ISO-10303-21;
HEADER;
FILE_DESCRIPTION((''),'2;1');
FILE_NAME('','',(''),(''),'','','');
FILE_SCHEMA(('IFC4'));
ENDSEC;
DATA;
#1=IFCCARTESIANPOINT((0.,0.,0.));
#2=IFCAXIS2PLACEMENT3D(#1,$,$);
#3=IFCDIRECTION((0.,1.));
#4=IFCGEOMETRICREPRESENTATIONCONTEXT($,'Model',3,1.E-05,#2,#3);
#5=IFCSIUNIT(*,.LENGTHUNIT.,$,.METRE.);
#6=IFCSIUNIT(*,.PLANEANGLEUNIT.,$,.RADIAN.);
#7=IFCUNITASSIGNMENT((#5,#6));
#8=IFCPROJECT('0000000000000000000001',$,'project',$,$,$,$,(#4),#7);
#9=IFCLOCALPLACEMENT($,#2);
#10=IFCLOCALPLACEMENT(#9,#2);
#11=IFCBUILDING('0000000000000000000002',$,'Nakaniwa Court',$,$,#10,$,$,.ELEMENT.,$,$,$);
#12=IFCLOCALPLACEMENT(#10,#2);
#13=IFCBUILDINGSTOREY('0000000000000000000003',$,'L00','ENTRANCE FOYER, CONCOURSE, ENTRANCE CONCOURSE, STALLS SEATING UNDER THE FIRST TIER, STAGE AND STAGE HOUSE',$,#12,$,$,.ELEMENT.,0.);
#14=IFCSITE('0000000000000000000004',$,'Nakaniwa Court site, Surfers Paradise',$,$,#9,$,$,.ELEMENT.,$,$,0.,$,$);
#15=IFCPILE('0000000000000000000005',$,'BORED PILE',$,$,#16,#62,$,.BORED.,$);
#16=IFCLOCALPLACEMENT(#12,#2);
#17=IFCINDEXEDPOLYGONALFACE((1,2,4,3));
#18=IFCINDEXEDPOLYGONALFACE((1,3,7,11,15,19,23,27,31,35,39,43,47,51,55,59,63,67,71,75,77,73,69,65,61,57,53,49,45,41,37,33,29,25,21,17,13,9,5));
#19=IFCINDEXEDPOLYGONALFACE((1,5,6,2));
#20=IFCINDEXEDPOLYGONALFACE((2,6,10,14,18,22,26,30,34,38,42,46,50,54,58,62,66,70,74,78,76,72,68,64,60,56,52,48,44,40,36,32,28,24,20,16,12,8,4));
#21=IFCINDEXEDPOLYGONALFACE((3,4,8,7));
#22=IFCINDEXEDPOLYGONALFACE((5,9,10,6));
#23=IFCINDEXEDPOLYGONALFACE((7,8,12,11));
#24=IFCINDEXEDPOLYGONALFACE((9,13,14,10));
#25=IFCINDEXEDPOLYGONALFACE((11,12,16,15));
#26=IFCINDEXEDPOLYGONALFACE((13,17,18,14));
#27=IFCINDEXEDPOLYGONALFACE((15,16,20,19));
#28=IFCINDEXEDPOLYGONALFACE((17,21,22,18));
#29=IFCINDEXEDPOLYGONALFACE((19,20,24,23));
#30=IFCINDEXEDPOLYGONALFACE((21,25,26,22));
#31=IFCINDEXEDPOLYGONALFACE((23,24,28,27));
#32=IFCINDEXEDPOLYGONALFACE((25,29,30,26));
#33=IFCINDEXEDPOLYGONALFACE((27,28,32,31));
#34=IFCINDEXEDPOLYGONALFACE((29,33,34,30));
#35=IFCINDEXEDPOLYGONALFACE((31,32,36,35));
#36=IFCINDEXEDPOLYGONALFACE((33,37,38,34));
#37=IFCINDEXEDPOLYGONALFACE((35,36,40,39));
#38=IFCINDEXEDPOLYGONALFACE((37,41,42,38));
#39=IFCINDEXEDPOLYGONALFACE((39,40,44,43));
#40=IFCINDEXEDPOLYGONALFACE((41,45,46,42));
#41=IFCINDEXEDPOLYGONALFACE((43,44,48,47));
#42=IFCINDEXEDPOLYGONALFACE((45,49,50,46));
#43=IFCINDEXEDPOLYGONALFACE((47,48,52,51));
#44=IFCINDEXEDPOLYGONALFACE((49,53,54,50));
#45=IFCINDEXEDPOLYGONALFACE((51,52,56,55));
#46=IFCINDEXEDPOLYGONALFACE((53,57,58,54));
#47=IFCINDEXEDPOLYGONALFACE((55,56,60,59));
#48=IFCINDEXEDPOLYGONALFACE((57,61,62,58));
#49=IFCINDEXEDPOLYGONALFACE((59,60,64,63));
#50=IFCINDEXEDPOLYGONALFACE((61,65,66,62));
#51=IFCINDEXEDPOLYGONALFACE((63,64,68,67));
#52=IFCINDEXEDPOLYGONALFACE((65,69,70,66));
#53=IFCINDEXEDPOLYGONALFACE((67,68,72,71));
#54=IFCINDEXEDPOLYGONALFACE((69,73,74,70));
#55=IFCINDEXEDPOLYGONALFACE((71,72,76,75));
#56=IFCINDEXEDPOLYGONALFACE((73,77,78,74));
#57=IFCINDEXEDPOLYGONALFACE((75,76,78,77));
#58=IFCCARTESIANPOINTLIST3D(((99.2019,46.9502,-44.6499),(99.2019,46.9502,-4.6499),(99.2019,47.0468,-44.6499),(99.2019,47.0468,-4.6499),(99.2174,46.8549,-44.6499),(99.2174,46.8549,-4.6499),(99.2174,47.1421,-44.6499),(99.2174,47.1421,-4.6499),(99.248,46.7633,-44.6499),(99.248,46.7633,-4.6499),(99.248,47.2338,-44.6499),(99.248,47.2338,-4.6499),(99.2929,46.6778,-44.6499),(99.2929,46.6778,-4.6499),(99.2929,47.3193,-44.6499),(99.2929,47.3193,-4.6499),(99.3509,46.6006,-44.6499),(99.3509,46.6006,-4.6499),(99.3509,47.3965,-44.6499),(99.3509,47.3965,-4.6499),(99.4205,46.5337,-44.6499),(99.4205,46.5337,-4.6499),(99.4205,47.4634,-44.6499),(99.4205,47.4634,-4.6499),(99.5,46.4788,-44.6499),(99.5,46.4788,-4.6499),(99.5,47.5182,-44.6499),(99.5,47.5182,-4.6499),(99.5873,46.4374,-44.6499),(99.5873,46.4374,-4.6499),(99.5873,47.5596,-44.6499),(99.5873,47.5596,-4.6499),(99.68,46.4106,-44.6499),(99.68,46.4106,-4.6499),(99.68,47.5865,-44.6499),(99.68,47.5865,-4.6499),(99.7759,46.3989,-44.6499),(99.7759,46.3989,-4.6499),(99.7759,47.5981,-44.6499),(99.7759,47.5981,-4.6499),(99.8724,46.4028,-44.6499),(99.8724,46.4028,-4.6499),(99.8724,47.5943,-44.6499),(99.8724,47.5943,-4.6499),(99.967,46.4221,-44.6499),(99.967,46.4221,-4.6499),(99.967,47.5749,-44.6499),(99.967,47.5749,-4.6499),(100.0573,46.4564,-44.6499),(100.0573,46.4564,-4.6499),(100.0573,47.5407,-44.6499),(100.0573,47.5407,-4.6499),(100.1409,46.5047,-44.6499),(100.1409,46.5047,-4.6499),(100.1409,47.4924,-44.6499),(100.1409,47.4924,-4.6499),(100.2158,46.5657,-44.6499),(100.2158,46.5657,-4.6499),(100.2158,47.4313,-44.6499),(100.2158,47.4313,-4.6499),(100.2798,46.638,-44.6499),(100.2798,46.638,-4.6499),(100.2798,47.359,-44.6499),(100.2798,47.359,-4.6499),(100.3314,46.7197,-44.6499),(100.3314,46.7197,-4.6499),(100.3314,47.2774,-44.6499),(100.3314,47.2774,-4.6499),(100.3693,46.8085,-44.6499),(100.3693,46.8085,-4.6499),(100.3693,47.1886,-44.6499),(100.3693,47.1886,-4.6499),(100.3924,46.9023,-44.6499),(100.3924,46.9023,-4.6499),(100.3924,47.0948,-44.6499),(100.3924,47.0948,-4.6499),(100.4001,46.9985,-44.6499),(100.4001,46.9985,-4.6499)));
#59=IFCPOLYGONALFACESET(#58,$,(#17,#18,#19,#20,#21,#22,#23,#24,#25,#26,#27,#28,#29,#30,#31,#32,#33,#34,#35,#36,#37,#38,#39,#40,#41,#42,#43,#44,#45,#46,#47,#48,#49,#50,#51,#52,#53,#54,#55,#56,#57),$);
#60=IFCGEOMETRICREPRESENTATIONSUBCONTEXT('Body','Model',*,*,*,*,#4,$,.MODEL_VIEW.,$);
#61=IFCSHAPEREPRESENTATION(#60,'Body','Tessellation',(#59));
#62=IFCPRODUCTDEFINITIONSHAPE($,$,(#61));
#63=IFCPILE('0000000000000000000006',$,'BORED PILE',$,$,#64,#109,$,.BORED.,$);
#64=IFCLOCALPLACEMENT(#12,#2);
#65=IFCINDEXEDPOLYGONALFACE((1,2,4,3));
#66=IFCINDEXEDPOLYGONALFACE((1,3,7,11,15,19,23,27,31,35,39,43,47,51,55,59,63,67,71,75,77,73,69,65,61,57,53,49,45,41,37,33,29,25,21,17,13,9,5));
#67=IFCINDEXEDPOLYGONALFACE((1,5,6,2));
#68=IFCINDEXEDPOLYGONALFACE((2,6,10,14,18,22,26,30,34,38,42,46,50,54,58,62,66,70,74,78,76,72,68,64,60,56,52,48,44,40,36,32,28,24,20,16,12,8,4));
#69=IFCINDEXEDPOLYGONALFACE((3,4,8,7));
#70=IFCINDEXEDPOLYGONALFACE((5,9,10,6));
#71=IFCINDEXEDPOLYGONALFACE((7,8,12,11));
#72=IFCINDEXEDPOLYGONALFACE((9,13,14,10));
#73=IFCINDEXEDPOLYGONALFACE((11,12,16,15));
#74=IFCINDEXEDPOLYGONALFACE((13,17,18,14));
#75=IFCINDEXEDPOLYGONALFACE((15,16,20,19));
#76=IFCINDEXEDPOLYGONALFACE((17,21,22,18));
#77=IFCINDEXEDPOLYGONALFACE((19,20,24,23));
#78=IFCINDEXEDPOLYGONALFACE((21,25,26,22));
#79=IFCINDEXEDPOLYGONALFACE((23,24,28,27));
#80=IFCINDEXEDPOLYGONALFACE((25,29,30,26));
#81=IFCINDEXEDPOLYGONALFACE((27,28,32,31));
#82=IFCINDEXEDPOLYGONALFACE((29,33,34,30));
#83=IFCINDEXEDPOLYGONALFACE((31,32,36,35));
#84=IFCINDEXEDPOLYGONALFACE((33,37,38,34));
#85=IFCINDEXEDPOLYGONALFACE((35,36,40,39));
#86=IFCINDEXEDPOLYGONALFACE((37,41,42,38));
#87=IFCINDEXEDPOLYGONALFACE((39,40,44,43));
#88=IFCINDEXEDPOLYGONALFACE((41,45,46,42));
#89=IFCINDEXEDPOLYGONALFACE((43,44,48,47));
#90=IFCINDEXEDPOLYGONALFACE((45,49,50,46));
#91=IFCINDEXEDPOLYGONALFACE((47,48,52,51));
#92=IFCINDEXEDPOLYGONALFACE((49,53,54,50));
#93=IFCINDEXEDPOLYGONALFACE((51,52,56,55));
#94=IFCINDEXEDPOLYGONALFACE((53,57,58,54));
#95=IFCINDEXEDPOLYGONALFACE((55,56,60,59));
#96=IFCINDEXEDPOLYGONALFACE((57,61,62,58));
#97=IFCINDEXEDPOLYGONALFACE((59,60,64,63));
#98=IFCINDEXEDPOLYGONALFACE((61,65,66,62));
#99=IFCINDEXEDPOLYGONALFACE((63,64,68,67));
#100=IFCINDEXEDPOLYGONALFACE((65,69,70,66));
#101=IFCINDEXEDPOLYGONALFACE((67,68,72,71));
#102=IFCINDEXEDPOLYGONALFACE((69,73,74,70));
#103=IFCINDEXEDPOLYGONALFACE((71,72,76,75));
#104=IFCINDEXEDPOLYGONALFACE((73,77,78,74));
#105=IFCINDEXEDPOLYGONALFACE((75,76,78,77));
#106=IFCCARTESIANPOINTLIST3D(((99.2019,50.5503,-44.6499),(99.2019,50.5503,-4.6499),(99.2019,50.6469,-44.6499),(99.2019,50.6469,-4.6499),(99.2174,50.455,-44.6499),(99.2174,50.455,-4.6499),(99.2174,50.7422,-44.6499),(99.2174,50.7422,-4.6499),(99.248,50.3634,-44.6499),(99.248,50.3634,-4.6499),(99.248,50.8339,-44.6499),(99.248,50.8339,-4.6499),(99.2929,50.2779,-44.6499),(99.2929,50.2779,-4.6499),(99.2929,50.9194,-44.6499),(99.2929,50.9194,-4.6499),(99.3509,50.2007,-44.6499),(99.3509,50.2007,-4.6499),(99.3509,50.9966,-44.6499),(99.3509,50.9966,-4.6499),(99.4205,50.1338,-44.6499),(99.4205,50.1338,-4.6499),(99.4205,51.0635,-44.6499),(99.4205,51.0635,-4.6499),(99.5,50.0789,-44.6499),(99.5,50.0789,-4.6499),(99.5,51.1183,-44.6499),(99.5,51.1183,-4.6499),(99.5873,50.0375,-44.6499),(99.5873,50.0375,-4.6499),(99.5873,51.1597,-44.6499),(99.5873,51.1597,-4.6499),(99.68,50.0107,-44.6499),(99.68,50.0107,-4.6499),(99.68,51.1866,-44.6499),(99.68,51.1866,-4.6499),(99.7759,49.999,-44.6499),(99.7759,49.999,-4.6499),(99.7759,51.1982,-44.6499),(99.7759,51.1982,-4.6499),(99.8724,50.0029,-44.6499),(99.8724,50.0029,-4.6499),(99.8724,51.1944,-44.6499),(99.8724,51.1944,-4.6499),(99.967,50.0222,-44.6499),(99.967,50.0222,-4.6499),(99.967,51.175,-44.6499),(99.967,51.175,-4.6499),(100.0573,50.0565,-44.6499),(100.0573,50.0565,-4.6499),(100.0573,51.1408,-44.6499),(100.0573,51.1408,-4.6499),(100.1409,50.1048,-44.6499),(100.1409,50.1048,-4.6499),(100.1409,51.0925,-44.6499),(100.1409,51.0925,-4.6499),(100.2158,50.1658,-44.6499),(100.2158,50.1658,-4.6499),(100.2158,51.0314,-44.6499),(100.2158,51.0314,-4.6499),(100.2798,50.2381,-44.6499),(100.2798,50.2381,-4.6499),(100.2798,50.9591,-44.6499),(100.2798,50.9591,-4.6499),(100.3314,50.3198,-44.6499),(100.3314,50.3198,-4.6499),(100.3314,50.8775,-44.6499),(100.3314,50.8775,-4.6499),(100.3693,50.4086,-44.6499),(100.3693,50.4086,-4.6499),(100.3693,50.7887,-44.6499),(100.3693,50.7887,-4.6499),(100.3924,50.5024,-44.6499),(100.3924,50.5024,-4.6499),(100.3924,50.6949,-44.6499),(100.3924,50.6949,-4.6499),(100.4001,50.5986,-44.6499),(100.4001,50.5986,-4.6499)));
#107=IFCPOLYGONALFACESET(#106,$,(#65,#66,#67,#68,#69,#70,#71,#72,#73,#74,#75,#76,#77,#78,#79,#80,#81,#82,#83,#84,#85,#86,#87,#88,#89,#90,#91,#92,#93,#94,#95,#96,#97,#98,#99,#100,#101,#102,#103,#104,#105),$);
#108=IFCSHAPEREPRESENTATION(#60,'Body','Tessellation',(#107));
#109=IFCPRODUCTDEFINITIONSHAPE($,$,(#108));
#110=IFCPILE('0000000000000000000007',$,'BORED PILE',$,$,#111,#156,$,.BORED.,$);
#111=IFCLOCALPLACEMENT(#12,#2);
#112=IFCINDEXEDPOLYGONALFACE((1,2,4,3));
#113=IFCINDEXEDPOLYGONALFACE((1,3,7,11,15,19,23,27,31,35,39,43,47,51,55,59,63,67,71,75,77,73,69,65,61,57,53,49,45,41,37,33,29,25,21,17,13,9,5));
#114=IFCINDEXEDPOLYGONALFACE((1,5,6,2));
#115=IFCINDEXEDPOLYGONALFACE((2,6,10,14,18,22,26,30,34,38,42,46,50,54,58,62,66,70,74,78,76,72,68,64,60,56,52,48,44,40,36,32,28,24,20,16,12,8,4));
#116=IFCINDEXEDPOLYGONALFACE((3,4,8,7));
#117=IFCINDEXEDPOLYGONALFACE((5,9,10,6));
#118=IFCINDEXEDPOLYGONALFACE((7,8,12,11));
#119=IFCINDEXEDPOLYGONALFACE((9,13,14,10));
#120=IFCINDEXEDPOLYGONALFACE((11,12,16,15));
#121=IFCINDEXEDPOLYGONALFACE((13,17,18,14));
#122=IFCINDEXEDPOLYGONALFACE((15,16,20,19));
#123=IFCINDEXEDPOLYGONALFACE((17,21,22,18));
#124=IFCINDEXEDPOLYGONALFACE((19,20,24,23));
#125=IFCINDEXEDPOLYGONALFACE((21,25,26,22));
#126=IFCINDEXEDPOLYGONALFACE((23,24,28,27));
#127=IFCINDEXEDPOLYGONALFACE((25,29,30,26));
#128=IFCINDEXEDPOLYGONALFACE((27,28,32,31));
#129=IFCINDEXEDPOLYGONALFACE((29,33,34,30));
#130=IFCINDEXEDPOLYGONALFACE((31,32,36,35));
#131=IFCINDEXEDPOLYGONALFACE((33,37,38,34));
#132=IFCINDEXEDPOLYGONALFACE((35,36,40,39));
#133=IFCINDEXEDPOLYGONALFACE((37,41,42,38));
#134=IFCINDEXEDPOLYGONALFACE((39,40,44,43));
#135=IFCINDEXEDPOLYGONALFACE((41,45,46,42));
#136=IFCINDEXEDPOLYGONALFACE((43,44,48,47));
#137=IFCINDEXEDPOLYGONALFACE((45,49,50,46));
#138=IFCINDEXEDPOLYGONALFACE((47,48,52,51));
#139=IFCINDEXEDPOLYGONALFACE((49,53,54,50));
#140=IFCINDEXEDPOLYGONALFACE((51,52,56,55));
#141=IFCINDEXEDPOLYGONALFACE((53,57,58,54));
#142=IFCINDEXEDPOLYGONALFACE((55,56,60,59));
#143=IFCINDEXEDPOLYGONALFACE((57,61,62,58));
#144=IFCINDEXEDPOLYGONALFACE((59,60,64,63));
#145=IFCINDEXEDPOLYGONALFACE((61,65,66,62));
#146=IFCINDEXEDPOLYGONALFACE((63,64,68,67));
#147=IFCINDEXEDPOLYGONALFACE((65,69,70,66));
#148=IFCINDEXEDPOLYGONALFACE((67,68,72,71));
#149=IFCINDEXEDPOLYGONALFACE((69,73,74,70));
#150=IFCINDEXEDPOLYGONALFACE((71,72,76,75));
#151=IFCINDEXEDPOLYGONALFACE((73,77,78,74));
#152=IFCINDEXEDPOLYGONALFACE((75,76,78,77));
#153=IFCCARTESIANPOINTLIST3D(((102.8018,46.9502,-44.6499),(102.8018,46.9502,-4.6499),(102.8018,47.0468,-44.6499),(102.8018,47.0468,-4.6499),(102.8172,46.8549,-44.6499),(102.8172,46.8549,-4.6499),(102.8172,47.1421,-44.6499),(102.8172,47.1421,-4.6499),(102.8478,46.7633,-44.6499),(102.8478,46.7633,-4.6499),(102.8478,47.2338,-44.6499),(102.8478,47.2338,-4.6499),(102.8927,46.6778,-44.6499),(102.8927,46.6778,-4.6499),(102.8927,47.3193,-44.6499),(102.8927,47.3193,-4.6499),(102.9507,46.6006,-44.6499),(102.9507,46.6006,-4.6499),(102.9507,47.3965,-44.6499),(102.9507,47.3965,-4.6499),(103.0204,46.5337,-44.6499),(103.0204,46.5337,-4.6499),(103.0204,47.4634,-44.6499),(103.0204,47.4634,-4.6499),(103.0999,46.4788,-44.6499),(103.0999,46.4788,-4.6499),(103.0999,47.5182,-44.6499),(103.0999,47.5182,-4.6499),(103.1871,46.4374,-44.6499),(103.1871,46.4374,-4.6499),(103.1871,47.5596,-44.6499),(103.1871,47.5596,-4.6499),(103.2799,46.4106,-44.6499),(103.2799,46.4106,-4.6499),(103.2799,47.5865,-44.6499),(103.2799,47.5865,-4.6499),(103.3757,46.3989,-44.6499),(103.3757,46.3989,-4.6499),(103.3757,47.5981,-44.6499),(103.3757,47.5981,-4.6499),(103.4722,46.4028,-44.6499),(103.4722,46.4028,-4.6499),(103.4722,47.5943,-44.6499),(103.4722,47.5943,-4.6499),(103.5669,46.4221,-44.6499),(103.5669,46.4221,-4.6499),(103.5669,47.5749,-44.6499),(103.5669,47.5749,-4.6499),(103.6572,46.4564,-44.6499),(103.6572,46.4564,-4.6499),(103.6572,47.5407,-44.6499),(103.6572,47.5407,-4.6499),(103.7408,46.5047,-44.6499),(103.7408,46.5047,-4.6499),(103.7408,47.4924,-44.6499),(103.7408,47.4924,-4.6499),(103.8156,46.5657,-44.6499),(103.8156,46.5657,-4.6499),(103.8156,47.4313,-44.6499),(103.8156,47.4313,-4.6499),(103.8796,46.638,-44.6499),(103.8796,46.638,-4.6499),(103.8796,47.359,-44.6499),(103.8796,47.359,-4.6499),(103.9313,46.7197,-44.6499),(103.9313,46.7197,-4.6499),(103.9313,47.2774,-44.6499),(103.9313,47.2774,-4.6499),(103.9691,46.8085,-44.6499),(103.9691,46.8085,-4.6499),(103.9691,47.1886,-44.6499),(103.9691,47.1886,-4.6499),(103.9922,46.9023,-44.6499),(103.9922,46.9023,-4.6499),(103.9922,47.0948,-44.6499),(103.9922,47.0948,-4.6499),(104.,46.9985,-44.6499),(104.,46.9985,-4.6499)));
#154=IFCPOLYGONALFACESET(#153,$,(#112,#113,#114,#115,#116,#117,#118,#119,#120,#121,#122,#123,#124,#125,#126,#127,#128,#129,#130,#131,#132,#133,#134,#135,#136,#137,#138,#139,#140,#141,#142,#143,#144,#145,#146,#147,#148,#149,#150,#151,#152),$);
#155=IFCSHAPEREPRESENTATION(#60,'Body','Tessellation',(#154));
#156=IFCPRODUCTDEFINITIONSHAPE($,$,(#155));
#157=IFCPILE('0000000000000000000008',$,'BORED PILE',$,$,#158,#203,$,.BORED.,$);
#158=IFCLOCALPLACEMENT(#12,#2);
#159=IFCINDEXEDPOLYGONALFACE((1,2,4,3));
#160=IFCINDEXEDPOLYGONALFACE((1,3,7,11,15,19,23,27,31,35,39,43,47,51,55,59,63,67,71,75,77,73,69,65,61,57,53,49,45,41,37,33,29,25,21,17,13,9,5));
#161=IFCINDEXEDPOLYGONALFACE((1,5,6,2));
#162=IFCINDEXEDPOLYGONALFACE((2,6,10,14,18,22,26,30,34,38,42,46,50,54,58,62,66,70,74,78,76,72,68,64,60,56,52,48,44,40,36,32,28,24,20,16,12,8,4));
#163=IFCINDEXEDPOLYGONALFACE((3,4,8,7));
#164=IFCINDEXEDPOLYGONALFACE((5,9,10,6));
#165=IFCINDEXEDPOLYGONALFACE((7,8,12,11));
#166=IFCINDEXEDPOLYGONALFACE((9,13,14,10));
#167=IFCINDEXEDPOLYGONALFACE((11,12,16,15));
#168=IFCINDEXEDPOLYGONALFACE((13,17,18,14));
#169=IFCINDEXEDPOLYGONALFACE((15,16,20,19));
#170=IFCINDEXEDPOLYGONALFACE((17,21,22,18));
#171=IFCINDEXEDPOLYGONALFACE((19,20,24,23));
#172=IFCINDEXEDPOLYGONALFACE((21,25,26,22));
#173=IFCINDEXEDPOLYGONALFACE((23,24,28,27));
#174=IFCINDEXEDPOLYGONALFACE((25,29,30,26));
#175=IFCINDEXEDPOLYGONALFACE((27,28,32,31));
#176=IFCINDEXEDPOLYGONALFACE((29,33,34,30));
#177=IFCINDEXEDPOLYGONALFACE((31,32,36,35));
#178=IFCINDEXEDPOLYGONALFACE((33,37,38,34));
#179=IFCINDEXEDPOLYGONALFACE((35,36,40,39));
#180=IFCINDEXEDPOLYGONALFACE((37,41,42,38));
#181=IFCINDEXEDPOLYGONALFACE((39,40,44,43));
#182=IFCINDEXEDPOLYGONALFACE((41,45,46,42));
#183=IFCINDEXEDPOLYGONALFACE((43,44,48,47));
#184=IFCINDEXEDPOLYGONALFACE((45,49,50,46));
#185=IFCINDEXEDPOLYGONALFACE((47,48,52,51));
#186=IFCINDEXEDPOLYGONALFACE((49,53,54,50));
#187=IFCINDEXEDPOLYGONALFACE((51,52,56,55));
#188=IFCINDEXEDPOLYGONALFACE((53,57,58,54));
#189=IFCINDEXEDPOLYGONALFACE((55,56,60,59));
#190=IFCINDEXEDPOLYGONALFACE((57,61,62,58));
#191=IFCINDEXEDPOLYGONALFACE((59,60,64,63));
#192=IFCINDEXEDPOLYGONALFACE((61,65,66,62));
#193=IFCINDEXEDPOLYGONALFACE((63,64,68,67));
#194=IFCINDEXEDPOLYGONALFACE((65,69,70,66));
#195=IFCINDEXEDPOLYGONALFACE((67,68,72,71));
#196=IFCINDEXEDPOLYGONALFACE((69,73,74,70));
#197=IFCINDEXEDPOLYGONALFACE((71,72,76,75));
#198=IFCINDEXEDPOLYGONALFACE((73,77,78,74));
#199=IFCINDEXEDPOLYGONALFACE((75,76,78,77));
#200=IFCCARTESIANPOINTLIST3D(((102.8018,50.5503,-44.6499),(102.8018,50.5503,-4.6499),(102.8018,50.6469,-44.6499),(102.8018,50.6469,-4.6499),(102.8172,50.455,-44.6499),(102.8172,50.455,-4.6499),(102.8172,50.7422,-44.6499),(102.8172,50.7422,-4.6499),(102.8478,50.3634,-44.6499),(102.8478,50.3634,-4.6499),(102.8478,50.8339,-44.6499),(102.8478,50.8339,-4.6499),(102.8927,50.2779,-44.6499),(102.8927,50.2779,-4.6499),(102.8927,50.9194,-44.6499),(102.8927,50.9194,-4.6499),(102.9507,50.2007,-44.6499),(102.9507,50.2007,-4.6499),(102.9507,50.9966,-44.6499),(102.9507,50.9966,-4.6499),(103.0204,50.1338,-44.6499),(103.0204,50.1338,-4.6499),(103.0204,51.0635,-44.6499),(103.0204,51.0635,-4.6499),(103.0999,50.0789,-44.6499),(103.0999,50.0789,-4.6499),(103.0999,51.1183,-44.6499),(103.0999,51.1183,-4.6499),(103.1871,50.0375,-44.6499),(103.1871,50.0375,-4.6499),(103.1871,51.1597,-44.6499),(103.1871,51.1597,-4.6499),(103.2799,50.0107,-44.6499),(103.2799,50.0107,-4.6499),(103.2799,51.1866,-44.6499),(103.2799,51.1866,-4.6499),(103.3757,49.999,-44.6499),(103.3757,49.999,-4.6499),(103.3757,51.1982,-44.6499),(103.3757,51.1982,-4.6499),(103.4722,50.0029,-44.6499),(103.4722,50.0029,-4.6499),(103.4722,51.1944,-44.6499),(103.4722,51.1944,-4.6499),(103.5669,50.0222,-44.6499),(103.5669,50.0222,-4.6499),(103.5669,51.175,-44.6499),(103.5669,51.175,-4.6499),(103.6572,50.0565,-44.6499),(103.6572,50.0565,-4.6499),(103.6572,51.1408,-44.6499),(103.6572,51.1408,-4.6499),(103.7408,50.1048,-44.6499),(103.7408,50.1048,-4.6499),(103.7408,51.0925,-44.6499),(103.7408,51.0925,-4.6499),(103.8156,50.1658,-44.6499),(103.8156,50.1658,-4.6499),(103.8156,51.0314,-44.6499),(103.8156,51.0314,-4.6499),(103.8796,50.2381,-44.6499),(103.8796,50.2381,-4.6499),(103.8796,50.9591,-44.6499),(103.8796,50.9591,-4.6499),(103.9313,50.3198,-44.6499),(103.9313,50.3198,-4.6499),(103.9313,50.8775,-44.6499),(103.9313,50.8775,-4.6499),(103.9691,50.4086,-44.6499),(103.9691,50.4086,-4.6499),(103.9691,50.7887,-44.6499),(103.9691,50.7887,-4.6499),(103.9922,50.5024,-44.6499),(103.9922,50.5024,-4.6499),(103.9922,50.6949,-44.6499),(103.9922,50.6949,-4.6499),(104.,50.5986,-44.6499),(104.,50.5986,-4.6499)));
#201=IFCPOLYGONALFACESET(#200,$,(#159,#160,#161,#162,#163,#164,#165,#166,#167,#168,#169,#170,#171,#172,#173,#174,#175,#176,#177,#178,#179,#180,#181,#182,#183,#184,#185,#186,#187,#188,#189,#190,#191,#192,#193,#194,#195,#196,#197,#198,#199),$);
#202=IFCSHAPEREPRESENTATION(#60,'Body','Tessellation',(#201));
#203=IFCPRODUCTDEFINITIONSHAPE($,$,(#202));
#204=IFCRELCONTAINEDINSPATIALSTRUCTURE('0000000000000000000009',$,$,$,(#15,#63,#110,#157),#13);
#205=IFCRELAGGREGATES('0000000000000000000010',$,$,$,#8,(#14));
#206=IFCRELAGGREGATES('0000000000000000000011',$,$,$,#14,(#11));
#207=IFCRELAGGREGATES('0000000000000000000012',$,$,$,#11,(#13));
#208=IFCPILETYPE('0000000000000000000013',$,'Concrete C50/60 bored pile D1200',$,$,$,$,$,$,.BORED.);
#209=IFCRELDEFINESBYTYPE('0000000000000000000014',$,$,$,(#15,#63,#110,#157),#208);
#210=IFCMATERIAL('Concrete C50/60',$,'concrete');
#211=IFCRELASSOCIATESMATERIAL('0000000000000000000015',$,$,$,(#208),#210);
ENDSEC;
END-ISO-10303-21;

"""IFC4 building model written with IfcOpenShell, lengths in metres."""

from ifc_helpers import new_model, si_unit, direction, frame, origin, origin_2d, place, context, subcontext, project, spatial, circle, extrude, material, material_profile, profile_set, type_object, element, save


model = new_model("IFC4")

# Units and contexts
model_context = context("Model", 3, precision=1e-05, world=origin(), true_north=direction((0.0, 1.0)))
body_context = subcontext(model_context, "Body", "Model", "MODEL_VIEW")
ifc_project = project(units=[si_unit("LENGTHUNIT", "METRE"), si_unit("PLANEANGLEUNIT", "RADIAN")], contexts=[model_context])

# Site, building, storey
site_placement = place(None, origin())
site = spatial("IfcSite", under=ifc_project, at=site_placement, Name="Nakaniwa Court site, Surfers Paradise", CompositionType="ELEMENT", RefElevation=0.0)
building_placement = place(site_placement, origin())
building = spatial("IfcBuilding", under=site, at=building_placement, Name="Nakaniwa Court", CompositionType="ELEMENT")
storey_placement = place(building_placement, origin())
storey = spatial("IfcBuildingStorey", under=building, at=storey_placement, Name="L00", Description="ENTRANCE FOYER, CONCOURSE, ENTRANCE CONCOURSE, STALLS SEATING UNDER THE FIRST TIER, STAGE AND STAGE HOUSE", CompositionType="ELEMENT", Elevation=0.0)

# Piles
ifc_material_1 = material(Name="Concrete C50/60", Category="concrete")
ifc_material_profile_1 = material_profile(ifc_material_1, circle(Radius=0.6001, at=origin_2d()), Name="Concrete C50/60 bored pile D1200")
ifc_profile_set_1 = profile_set([ifc_material_profile_1], Name="Concrete C50/60")
pile_type = type_object("IfcPileType", Name="Concrete C50/60 bored pile D1200", PredefinedType="BORED", material=ifc_profile_set_1)
for number, where, z_axis, x_axis, name in (
    (1, (99.8, 46.9985, -4.6499), (0.0, 0.0, -1.0), (1.0, 0.0, 0.0), "BORED PILE"),
    (2, (99.8, 50.5986, -4.6499), (0.0, 0.0, -1.0), (1.0, 0.0, 0.0), "BORED PILE"),
    (3, (103.3999, 46.9985, -4.6499), (0.0, 0.0, -1.0), (1.0, 0.0, 0.0), "BORED PILE"),
    (4, (103.3999, 50.5986, -4.6499), (0.0, 0.0, -1.0), (1.0, 0.0, 0.0), "BORED PILE"),
):
    element("IfcPile", number, at=place(storey_placement, frame(where, z_axis=z_axis, x_axis=x_axis)), inside=storey, type_object=pile_type, Name=name, PredefinedType="BORED", context=body_context, shape_type="SweptSolid", body=[
        extrude(circle(Radius=0.6001, at=origin_2d()), origin(), (0.0, 0.0, 1.0), 40.0),
    ])

save(model, "model.ifc")
